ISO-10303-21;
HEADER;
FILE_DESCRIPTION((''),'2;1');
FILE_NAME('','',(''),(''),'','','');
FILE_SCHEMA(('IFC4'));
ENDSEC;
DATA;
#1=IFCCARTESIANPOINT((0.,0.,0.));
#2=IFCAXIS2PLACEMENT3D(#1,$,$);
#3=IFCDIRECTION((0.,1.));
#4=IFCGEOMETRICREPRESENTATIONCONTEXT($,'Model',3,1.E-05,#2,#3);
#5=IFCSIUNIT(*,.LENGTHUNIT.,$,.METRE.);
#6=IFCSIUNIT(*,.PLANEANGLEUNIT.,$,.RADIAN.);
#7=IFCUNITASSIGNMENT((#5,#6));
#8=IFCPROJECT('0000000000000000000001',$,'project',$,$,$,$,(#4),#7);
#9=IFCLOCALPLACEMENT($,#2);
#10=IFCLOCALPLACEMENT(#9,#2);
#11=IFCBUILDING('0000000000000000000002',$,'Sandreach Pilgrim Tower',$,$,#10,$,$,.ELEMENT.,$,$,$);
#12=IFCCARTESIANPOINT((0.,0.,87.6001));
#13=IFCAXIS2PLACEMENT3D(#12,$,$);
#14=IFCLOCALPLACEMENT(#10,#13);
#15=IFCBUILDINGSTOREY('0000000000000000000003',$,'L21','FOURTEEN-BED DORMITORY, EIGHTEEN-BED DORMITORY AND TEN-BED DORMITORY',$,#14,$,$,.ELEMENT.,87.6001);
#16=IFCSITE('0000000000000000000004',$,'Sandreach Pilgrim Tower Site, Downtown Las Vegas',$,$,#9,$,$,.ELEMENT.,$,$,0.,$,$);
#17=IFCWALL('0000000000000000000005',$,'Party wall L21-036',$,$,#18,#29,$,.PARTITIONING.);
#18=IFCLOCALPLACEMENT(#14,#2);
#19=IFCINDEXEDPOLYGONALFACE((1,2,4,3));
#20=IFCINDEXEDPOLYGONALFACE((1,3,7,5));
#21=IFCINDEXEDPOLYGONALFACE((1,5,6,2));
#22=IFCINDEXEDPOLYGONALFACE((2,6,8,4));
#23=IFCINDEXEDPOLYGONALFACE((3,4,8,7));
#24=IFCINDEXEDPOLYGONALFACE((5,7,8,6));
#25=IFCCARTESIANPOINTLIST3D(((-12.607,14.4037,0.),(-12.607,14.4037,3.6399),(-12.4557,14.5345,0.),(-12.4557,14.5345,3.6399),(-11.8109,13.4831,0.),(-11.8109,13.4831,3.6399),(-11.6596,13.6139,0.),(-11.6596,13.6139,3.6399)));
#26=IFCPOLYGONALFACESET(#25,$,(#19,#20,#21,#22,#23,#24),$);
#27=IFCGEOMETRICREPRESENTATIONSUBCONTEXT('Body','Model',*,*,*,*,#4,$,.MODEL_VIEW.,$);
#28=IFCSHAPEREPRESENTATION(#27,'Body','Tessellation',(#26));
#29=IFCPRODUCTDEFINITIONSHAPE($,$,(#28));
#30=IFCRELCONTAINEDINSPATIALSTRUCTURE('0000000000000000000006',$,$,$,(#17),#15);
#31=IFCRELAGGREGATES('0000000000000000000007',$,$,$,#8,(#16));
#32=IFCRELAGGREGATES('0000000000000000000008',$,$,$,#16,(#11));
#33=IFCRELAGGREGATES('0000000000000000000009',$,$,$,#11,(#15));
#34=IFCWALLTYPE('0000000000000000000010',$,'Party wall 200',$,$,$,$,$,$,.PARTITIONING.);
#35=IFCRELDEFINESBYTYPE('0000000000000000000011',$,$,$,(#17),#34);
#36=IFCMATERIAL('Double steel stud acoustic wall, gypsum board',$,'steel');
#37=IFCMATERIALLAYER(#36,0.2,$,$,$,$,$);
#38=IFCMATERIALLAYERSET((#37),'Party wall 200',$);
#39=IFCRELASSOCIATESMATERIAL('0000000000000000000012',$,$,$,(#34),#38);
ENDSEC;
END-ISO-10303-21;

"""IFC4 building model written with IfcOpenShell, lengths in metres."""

from ifc_helpers import new_model, si_unit, direction, frame, frame_2d, origin, place, context, subcontext, project, spatial, rectangle, extrude, material, layer, layer_set, type_object, element, save


model = new_model("IFC4")

# Units and contexts
model_context = context("Model", 3, precision=1e-05, world=origin(), true_north=direction((0.0, 1.0)))
body_context = subcontext(model_context, "Body", "Model", "MODEL_VIEW")
ifc_project = project(units=[si_unit("LENGTHUNIT", "METRE"), si_unit("PLANEANGLEUNIT", "RADIAN")], contexts=[model_context])

# Site, building, storey
site_placement = place(None, origin())
site = spatial("IfcSite", under=ifc_project, at=site_placement, Name="Sandreach Pilgrim Tower Site, Downtown Las Vegas", CompositionType="ELEMENT", RefElevation=0.0)
building_placement = place(site_placement, origin())
building = spatial("IfcBuilding", under=site, at=building_placement, Name="Sandreach Pilgrim Tower", CompositionType="ELEMENT")
storey_placement = place(building_placement, frame((0.0, 0.0, 87.6001)))
storey = spatial("IfcBuildingStorey", under=building, at=storey_placement, Name="L21", Description="FOURTEEN-BED DORMITORY, EIGHTEEN-BED DORMITORY AND TEN-BED DORMITORY", CompositionType="ELEMENT", Elevation=87.6001)

# Wall
ifc_material_1 = material(Name="Double steel stud acoustic wall, gypsum board", Category="steel")
ifc_layer_1 = layer(ifc_material_1, 0.2)
ifc_layer_set_1 = layer_set([ifc_layer_1], Name="Party wall 200")
wall_type_1 = type_object("IfcWallType", Name="Party wall 200", PredefinedType="PARTITIONING", material=ifc_layer_set_1)
wall_1_placement = place(storey_placement, frame((-12.5312, 14.469, 0.0), z_axis=(0.0, 0.0, 1.0), x_axis=(0.654105, -0.756403, 0.0)))
element("IfcWall", 1, at=wall_1_placement, inside=storey, type_object=wall_type_1, Name="Party wall L21-036", PredefinedType="PARTITIONING", context=body_context, shape_type="SweptSolid", body=[
    extrude(rectangle(XDim=1.217, YDim=0.2, at=frame_2d((0.6084, 0.0))), origin(), (0.0, 0.0, 1.0), 3.6399),
])

save(model, "model.ifc")
